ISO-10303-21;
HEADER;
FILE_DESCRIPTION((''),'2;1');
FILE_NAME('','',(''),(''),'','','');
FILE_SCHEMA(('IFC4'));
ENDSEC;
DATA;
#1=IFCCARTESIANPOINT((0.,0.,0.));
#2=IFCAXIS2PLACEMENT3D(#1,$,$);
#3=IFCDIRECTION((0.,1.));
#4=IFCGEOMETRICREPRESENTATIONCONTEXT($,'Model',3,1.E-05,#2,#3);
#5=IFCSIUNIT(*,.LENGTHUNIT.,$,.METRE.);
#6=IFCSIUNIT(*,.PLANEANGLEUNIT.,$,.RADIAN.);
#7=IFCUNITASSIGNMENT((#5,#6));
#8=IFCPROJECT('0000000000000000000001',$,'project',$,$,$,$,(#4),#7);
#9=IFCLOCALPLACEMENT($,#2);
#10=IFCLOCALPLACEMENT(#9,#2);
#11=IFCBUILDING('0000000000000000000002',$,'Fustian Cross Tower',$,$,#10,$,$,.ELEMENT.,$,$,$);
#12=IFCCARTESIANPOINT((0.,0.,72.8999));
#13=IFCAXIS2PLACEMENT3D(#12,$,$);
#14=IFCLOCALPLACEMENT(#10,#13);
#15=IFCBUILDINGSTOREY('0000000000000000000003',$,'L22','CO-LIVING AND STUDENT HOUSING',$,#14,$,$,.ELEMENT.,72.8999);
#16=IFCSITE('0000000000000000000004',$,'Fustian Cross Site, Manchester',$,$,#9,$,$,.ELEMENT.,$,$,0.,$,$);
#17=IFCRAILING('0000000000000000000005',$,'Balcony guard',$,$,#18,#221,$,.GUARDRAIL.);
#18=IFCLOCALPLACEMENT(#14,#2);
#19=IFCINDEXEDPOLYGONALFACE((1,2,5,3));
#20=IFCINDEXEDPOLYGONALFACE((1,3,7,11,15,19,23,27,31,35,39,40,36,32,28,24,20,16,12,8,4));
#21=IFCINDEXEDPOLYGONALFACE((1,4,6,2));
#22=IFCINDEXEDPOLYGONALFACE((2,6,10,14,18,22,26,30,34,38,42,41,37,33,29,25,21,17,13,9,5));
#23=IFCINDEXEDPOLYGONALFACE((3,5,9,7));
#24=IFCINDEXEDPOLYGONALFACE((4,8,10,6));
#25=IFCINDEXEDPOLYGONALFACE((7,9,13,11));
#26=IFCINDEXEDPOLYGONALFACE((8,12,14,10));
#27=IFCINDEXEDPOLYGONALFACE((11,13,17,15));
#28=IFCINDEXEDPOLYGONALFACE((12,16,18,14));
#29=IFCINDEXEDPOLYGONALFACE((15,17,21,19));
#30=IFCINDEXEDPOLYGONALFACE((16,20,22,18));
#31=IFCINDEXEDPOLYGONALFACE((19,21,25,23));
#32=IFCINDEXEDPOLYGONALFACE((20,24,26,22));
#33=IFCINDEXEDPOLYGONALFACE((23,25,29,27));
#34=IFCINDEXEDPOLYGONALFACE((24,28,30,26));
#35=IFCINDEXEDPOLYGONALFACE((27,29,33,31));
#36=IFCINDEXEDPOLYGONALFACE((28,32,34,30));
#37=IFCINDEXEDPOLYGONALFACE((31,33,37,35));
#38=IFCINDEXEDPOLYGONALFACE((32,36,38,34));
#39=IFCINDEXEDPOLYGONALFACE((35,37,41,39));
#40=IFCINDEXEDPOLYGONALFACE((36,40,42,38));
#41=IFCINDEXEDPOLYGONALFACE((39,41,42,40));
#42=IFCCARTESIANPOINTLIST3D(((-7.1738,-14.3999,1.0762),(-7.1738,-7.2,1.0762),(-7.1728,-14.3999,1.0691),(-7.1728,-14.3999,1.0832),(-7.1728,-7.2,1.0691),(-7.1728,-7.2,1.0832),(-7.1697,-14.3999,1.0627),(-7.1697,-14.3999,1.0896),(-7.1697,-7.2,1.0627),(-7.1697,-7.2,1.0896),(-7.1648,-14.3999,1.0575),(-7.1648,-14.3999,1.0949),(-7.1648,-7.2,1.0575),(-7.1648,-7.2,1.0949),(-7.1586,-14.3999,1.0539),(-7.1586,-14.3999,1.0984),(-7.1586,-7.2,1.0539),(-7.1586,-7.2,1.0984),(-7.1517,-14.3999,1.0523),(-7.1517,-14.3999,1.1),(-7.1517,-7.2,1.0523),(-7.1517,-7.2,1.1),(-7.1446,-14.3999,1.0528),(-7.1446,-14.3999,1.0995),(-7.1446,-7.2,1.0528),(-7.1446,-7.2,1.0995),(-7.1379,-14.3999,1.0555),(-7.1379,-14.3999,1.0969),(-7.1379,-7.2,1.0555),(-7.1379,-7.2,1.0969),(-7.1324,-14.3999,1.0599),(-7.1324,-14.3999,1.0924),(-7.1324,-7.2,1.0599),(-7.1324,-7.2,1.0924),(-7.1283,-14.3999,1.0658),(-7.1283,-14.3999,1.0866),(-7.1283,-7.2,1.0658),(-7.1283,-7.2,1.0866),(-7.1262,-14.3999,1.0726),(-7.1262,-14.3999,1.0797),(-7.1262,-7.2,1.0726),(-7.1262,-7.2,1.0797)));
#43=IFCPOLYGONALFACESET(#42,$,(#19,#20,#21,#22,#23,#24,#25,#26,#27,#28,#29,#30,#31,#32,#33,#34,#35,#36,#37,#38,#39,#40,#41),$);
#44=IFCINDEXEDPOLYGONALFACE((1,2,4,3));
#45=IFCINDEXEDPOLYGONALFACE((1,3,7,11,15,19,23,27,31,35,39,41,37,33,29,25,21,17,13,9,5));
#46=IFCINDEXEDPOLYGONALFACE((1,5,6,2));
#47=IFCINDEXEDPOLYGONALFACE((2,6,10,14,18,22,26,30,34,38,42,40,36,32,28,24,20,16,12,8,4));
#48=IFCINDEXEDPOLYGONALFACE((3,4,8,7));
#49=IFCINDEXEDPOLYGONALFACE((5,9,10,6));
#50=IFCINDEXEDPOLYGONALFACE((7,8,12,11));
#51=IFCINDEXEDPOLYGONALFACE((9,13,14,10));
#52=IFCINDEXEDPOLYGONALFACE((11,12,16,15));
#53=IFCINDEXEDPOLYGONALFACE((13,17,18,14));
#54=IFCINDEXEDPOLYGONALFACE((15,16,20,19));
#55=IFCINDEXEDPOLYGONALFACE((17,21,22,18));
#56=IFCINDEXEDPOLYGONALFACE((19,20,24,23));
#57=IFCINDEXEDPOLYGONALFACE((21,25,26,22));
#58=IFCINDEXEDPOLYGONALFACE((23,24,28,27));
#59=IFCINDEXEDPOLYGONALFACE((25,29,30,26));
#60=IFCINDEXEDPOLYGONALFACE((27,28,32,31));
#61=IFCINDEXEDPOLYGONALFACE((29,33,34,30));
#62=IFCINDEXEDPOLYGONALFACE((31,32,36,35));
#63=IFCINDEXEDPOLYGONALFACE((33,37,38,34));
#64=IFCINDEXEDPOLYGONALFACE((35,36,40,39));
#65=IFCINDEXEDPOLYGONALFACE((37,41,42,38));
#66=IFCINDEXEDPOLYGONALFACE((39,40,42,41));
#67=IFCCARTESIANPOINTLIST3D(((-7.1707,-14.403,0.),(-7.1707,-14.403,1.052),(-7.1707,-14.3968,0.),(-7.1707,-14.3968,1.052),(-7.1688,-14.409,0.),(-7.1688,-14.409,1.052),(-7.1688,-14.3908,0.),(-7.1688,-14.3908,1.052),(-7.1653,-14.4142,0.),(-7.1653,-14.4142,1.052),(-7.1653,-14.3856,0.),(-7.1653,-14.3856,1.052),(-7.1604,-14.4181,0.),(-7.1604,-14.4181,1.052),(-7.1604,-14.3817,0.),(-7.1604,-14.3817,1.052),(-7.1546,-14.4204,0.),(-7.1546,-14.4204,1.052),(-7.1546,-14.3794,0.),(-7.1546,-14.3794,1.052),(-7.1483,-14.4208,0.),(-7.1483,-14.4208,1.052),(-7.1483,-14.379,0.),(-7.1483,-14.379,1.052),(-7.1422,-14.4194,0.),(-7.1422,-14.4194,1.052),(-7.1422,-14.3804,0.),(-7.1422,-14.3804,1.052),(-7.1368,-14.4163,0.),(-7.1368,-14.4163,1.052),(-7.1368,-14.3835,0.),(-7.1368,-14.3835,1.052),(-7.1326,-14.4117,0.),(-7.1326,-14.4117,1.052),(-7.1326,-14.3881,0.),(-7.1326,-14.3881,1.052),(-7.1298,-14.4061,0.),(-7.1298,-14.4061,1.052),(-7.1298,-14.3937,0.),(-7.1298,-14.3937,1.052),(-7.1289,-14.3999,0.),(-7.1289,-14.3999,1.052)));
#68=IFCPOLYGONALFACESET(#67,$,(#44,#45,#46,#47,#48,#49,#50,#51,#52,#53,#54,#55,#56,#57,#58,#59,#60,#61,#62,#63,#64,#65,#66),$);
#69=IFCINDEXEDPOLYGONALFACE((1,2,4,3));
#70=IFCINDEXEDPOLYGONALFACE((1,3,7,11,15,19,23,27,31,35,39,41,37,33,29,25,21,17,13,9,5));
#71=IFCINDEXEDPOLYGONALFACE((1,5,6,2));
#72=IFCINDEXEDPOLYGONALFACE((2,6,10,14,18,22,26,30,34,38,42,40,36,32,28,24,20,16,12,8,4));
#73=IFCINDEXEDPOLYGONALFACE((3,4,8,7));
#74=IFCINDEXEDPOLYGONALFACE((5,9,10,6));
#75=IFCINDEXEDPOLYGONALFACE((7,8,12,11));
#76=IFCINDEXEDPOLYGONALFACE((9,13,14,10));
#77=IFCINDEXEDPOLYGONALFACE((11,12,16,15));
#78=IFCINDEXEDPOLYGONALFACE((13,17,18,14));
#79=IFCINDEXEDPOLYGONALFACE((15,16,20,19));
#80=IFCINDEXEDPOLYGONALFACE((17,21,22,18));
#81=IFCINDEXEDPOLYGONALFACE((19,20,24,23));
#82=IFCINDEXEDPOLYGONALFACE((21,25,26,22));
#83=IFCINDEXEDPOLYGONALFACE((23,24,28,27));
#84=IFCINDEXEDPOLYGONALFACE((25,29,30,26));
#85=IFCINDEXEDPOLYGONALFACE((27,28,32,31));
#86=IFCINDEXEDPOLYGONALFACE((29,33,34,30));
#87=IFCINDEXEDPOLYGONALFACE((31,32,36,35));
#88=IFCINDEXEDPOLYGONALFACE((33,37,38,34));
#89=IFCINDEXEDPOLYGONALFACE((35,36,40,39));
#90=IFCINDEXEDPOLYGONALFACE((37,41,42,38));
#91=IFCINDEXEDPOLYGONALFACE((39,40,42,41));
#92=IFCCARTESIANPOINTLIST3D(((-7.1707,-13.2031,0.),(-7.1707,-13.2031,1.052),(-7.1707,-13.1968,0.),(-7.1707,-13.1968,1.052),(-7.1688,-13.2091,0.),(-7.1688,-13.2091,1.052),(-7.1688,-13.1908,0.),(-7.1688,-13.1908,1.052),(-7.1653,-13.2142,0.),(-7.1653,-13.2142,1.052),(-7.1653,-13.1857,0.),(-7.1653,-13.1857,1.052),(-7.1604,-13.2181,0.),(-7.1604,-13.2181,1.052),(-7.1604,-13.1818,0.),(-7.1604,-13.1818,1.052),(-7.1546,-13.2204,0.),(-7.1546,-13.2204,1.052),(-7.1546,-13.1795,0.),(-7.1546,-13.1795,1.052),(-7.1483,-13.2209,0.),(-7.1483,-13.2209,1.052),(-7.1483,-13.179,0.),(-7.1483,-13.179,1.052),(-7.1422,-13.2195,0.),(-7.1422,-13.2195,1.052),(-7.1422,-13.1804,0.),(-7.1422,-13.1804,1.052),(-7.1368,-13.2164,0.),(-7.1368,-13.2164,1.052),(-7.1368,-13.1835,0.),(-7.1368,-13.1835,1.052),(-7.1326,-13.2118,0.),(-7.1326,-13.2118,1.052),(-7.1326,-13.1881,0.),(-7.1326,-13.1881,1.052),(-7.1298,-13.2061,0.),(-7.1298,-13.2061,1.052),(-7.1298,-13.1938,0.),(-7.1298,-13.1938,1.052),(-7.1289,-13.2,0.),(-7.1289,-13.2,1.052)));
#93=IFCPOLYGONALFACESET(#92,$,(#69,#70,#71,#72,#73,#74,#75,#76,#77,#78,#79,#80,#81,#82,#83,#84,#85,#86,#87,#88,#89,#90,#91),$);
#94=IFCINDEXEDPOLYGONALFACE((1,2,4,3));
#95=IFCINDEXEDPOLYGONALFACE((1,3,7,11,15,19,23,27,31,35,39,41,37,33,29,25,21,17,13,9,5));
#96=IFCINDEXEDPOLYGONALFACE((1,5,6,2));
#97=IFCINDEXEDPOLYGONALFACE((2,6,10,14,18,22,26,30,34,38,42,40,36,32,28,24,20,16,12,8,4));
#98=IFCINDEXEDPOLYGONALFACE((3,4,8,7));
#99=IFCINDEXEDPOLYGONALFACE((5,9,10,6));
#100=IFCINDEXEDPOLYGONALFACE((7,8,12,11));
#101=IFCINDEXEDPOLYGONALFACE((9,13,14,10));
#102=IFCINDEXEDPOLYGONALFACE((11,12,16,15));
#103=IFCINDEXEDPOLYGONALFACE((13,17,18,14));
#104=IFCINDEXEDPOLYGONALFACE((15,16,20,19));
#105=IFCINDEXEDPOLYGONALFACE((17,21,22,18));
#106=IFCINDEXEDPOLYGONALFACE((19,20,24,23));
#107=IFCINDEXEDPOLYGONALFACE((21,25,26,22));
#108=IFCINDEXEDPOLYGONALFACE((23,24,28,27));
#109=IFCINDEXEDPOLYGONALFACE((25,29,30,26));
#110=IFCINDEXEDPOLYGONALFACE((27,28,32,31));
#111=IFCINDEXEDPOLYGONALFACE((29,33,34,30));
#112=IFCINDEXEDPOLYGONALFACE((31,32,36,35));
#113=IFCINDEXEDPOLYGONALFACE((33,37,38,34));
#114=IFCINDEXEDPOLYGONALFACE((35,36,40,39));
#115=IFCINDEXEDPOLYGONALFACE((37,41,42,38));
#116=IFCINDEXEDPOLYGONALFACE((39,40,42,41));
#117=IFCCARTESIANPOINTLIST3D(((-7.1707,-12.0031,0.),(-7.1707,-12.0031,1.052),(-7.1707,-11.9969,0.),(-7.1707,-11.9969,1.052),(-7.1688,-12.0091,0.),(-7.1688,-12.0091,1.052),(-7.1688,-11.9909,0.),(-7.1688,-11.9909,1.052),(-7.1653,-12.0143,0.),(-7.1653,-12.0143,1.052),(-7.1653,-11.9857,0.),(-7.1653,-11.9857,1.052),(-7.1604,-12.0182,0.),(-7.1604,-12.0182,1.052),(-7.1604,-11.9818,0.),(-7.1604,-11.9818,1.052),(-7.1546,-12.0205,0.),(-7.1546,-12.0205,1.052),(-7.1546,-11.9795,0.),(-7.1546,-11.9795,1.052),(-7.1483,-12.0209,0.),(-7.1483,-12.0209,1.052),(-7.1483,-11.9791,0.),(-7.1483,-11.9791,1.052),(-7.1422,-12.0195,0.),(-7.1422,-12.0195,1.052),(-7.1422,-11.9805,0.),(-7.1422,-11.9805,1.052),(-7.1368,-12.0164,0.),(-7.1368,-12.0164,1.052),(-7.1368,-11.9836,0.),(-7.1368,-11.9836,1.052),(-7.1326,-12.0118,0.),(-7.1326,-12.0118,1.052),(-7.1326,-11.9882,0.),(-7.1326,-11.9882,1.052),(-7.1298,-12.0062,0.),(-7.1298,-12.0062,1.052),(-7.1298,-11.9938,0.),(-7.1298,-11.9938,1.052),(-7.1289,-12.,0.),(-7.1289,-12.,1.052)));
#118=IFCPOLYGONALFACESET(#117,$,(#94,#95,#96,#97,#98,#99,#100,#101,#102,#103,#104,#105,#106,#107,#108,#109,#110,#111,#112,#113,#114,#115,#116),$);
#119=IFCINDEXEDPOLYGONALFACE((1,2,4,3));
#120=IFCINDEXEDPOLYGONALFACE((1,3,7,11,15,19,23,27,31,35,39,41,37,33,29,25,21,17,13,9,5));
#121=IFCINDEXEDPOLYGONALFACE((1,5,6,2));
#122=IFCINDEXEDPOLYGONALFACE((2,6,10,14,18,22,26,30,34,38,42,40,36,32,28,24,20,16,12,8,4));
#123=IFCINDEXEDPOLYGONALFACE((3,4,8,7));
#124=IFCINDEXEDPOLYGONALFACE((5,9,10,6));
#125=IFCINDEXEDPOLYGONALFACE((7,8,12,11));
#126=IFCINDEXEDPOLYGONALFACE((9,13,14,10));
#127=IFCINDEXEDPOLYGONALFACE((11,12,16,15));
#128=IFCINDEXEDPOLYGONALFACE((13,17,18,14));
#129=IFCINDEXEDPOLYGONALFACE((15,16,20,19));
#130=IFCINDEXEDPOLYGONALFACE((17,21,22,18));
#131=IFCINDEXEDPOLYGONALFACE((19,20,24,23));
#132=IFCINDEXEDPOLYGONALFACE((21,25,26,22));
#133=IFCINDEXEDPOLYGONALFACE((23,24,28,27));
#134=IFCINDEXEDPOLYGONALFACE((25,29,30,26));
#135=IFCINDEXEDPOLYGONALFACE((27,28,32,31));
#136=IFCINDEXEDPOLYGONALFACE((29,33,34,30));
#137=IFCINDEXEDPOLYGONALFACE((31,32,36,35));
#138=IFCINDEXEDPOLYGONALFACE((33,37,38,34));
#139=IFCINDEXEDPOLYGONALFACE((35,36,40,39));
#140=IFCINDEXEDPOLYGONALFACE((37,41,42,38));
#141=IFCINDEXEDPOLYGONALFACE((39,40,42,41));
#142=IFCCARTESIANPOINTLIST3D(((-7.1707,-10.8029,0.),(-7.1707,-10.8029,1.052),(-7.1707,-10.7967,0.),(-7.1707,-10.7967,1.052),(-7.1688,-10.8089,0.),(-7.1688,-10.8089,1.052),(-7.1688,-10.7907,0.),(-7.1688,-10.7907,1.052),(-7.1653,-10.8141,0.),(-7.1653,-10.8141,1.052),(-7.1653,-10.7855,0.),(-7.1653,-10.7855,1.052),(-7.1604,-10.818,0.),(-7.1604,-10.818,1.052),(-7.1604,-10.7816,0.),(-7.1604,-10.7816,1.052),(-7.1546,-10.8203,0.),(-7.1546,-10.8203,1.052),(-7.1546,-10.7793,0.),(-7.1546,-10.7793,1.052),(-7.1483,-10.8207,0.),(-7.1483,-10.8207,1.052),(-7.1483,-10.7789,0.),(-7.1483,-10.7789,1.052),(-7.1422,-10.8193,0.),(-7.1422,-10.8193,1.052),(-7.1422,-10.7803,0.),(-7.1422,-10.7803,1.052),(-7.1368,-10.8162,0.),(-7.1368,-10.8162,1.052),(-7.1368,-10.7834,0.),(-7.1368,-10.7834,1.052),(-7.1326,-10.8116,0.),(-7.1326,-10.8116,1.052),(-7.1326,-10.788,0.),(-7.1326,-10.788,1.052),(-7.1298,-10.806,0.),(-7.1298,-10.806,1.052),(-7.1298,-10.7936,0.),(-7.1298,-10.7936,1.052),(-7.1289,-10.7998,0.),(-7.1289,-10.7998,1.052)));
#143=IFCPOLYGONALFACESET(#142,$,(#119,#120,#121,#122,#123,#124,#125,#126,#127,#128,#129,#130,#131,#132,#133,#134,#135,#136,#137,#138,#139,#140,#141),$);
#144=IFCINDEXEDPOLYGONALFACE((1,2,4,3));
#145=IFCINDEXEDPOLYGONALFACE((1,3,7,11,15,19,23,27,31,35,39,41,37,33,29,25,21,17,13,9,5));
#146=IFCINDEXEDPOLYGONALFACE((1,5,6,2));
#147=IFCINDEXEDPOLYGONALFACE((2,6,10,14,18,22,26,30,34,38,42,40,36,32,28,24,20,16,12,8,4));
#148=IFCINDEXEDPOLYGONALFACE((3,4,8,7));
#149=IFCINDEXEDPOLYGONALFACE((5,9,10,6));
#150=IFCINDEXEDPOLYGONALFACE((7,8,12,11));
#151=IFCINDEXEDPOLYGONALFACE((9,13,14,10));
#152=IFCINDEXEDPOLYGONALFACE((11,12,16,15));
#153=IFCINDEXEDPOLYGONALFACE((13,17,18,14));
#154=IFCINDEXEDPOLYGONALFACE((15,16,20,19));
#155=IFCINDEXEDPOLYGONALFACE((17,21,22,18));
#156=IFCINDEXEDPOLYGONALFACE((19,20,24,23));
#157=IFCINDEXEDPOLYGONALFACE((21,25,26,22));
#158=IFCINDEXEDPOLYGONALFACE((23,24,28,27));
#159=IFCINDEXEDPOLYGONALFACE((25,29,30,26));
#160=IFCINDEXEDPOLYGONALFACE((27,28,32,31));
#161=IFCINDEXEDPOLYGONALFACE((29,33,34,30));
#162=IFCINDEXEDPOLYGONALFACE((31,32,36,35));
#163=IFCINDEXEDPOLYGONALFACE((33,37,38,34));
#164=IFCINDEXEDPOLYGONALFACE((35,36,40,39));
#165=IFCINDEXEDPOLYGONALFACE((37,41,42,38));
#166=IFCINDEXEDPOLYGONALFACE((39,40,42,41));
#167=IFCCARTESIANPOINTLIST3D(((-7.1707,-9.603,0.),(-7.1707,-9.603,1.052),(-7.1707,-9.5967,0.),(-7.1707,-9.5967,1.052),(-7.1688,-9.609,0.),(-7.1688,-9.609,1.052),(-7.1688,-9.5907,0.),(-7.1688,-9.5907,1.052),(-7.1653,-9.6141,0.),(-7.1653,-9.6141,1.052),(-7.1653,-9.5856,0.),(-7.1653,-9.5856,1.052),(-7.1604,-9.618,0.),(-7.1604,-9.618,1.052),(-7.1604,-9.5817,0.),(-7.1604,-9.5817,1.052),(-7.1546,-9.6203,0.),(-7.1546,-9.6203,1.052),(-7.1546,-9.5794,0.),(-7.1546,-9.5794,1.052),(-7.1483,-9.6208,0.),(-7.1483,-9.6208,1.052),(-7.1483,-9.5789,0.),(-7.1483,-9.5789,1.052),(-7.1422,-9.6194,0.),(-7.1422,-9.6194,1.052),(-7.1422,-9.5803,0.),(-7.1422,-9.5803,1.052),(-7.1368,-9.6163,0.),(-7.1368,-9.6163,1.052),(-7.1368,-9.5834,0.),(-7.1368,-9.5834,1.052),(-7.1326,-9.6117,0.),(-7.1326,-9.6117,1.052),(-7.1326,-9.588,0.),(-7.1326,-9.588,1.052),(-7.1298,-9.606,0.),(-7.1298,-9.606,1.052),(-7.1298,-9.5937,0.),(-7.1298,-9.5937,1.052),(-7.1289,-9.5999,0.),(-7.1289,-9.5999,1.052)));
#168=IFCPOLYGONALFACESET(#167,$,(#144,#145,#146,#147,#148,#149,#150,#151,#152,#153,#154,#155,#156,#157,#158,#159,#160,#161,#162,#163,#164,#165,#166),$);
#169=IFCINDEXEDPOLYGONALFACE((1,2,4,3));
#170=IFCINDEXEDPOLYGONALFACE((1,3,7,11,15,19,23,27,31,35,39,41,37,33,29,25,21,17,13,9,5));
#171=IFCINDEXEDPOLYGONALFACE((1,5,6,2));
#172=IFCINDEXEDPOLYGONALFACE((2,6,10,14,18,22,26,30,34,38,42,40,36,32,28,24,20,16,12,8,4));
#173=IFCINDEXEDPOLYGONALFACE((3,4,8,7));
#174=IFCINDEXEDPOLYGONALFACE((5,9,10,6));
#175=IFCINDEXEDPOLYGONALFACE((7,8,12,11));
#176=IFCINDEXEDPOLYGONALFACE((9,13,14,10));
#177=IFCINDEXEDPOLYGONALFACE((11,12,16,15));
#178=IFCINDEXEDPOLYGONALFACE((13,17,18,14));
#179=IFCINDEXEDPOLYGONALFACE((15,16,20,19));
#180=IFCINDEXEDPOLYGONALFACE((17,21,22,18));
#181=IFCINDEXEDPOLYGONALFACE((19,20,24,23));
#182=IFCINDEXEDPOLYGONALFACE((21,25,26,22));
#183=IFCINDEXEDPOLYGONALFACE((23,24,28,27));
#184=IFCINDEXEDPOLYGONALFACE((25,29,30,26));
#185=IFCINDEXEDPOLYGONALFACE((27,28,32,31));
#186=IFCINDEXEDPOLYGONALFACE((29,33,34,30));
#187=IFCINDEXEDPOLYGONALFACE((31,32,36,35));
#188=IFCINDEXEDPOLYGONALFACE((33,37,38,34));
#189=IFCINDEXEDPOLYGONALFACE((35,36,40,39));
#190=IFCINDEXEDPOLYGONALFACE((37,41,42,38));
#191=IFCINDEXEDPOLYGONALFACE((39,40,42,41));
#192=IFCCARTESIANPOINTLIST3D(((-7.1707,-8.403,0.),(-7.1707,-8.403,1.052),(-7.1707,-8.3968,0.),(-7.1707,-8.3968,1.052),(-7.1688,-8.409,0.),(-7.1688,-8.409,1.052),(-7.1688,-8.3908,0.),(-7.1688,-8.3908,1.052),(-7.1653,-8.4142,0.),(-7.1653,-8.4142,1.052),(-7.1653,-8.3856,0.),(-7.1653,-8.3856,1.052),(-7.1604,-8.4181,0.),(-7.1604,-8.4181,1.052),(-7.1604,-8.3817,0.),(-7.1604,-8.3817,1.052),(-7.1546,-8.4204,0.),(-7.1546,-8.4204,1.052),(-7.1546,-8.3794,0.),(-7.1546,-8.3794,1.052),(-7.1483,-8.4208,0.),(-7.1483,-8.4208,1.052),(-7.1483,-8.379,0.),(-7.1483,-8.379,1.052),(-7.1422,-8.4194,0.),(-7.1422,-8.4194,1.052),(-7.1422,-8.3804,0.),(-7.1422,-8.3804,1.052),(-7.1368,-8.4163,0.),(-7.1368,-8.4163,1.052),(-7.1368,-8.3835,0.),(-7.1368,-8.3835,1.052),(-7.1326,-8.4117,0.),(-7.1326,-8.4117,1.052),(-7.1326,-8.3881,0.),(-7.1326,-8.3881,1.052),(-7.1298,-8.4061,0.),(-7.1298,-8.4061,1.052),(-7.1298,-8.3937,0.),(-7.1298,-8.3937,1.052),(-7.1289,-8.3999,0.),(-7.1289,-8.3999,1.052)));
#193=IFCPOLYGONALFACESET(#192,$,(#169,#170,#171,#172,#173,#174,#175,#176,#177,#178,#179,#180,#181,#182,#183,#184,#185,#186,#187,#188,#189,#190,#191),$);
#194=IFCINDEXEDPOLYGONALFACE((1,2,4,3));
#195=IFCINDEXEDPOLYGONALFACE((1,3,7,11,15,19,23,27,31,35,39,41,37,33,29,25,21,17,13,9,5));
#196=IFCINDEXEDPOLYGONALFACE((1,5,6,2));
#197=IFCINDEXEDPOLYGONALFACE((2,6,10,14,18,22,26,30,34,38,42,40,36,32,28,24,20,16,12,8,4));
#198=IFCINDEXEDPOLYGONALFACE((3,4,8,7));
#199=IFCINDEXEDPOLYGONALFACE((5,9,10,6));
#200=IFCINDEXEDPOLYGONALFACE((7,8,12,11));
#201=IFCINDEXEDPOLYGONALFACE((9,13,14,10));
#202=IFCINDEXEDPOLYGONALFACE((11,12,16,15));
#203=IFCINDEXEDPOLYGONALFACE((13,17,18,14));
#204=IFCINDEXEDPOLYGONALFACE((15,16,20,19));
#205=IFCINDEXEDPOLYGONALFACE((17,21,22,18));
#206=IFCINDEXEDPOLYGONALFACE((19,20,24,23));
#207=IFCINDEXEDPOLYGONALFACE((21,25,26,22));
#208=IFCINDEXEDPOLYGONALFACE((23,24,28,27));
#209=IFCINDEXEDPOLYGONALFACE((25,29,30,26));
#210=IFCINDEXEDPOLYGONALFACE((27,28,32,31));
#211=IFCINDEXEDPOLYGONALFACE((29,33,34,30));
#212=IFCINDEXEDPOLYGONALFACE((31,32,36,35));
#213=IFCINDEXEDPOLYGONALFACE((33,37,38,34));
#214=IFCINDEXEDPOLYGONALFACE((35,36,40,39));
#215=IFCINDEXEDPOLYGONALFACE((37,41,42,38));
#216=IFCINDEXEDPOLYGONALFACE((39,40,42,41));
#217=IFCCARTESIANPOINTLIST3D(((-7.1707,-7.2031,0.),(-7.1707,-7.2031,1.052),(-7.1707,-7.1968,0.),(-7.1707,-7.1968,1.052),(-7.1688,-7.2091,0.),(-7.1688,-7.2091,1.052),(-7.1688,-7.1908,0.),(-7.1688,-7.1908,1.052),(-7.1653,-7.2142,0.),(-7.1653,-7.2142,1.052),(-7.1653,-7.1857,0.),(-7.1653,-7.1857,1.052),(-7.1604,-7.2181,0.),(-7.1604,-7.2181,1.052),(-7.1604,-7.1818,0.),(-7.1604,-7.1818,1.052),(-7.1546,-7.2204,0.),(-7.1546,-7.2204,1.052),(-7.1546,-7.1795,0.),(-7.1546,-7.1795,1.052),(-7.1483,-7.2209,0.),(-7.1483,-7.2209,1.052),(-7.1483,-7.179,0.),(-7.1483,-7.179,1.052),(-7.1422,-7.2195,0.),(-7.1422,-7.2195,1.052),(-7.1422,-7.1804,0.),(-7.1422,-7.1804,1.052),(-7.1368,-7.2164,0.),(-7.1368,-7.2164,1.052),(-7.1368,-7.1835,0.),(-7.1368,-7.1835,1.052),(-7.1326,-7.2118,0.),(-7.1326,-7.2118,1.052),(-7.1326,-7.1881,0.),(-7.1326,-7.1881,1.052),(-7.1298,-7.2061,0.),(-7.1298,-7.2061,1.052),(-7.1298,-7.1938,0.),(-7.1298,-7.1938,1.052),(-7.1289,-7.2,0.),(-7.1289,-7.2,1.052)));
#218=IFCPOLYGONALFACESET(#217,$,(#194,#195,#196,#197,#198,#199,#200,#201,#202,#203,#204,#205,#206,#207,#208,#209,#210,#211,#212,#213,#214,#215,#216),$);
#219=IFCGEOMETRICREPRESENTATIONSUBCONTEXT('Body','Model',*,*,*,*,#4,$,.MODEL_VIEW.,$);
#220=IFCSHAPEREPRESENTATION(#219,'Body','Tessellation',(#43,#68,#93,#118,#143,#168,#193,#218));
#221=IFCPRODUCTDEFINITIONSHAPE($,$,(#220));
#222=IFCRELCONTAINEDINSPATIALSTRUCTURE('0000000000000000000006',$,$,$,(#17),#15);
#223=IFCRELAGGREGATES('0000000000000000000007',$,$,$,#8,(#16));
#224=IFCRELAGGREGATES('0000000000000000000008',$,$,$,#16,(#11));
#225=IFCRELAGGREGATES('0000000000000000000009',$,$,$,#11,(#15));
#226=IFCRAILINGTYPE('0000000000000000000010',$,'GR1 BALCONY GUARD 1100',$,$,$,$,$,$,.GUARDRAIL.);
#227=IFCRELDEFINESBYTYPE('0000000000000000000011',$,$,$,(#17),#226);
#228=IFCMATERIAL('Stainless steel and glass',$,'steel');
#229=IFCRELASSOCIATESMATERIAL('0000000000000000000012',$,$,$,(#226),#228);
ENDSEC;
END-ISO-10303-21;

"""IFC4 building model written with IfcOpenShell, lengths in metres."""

from ifc_helpers import new_model, si_unit, direction, frame, origin, origin_2d, place, context, subcontext, project, spatial, circle, extrude, material, type_object, element, save


model = new_model("IFC4")

# Units and contexts
model_context = context("Model", 3, precision=1e-05, world=origin(), true_north=direction((0.0, 1.0)))
body_context = subcontext(model_context, "Body", "Model", "MODEL_VIEW")
ifc_project = project(units=[si_unit("LENGTHUNIT", "METRE"), si_unit("PLANEANGLEUNIT", "RADIAN")], contexts=[model_context])

# Site, building, storey
site_placement = place(None, origin())
site = spatial("IfcSite", under=ifc_project, at=site_placement, Name="Fustian Cross Site, Manchester", CompositionType="ELEMENT", RefElevation=0.0)
building_placement = place(site_placement, origin())
building = spatial("IfcBuilding", under=site, at=building_placement, Name="Fustian Cross Tower", CompositionType="ELEMENT")
storey_placement = place(building_placement, frame((0.0, 0.0, 72.8999)))
storey = spatial("IfcBuildingStorey", under=building, at=storey_placement, Name="L22", Description="CO-LIVING AND STUDENT HOUSING", CompositionType="ELEMENT", Elevation=72.8999)

# Railing
ifc_material_1 = material(Name="Stainless steel and glass", Category="steel")
railing_type = type_object("IfcRailingType", Name="GR1 BALCONY GUARD 1100", PredefinedType="GUARDRAIL", material=ifc_material_1)
railing_placement = place(storey_placement, frame((-7.1499, -14.3999, 0.0)))
element("IfcRailing", 1, at=railing_placement, inside=storey, type_object=railing_type, Name="Balcony guard", PredefinedType="GUARDRAIL", context=body_context, shape_type="SweptSolid", body=[
    extrude(circle(Radius=0.0239, at=origin_2d()), frame((0.0, 0.0, 1.0762), z_axis=(0.0, 1.0, 0.0), x_axis=(-1.0, 0.0, 0.0)), (0.0, 0.0, 1.0), 7.2),
    extrude(circle(Radius=0.021, at=origin_2d()), origin(), (0.0, 0.0, 1.0), 1.052),
    extrude(circle(Radius=0.021, at=origin_2d()), frame((0.0, 1.2, 0.0)), (0.0, 0.0, 1.0), 1.052),
    extrude(circle(Radius=0.021, at=origin_2d()), frame((0.0, 2.3999, 0.0)), (0.0, 0.0, 1.0), 1.052),
    extrude(circle(Radius=0.021, at=origin_2d()), frame((0.0, 3.6001, 0.0)), (0.0, 0.0, 1.0), 1.052),
    extrude(circle(Radius=0.021, at=origin_2d()), frame((0.0, 4.8, 0.0)), (0.0, 0.0, 1.0), 1.052),
    extrude(circle(Radius=0.021, at=origin_2d()), frame((0.0, 6.0, 0.0)), (0.0, 0.0, 1.0), 1.052),
    extrude(circle(Radius=0.021, at=origin_2d()), frame((0.0, 7.2, 0.0)), (0.0, 0.0, 1.0), 1.052),
])

save(model, "model.ifc")
